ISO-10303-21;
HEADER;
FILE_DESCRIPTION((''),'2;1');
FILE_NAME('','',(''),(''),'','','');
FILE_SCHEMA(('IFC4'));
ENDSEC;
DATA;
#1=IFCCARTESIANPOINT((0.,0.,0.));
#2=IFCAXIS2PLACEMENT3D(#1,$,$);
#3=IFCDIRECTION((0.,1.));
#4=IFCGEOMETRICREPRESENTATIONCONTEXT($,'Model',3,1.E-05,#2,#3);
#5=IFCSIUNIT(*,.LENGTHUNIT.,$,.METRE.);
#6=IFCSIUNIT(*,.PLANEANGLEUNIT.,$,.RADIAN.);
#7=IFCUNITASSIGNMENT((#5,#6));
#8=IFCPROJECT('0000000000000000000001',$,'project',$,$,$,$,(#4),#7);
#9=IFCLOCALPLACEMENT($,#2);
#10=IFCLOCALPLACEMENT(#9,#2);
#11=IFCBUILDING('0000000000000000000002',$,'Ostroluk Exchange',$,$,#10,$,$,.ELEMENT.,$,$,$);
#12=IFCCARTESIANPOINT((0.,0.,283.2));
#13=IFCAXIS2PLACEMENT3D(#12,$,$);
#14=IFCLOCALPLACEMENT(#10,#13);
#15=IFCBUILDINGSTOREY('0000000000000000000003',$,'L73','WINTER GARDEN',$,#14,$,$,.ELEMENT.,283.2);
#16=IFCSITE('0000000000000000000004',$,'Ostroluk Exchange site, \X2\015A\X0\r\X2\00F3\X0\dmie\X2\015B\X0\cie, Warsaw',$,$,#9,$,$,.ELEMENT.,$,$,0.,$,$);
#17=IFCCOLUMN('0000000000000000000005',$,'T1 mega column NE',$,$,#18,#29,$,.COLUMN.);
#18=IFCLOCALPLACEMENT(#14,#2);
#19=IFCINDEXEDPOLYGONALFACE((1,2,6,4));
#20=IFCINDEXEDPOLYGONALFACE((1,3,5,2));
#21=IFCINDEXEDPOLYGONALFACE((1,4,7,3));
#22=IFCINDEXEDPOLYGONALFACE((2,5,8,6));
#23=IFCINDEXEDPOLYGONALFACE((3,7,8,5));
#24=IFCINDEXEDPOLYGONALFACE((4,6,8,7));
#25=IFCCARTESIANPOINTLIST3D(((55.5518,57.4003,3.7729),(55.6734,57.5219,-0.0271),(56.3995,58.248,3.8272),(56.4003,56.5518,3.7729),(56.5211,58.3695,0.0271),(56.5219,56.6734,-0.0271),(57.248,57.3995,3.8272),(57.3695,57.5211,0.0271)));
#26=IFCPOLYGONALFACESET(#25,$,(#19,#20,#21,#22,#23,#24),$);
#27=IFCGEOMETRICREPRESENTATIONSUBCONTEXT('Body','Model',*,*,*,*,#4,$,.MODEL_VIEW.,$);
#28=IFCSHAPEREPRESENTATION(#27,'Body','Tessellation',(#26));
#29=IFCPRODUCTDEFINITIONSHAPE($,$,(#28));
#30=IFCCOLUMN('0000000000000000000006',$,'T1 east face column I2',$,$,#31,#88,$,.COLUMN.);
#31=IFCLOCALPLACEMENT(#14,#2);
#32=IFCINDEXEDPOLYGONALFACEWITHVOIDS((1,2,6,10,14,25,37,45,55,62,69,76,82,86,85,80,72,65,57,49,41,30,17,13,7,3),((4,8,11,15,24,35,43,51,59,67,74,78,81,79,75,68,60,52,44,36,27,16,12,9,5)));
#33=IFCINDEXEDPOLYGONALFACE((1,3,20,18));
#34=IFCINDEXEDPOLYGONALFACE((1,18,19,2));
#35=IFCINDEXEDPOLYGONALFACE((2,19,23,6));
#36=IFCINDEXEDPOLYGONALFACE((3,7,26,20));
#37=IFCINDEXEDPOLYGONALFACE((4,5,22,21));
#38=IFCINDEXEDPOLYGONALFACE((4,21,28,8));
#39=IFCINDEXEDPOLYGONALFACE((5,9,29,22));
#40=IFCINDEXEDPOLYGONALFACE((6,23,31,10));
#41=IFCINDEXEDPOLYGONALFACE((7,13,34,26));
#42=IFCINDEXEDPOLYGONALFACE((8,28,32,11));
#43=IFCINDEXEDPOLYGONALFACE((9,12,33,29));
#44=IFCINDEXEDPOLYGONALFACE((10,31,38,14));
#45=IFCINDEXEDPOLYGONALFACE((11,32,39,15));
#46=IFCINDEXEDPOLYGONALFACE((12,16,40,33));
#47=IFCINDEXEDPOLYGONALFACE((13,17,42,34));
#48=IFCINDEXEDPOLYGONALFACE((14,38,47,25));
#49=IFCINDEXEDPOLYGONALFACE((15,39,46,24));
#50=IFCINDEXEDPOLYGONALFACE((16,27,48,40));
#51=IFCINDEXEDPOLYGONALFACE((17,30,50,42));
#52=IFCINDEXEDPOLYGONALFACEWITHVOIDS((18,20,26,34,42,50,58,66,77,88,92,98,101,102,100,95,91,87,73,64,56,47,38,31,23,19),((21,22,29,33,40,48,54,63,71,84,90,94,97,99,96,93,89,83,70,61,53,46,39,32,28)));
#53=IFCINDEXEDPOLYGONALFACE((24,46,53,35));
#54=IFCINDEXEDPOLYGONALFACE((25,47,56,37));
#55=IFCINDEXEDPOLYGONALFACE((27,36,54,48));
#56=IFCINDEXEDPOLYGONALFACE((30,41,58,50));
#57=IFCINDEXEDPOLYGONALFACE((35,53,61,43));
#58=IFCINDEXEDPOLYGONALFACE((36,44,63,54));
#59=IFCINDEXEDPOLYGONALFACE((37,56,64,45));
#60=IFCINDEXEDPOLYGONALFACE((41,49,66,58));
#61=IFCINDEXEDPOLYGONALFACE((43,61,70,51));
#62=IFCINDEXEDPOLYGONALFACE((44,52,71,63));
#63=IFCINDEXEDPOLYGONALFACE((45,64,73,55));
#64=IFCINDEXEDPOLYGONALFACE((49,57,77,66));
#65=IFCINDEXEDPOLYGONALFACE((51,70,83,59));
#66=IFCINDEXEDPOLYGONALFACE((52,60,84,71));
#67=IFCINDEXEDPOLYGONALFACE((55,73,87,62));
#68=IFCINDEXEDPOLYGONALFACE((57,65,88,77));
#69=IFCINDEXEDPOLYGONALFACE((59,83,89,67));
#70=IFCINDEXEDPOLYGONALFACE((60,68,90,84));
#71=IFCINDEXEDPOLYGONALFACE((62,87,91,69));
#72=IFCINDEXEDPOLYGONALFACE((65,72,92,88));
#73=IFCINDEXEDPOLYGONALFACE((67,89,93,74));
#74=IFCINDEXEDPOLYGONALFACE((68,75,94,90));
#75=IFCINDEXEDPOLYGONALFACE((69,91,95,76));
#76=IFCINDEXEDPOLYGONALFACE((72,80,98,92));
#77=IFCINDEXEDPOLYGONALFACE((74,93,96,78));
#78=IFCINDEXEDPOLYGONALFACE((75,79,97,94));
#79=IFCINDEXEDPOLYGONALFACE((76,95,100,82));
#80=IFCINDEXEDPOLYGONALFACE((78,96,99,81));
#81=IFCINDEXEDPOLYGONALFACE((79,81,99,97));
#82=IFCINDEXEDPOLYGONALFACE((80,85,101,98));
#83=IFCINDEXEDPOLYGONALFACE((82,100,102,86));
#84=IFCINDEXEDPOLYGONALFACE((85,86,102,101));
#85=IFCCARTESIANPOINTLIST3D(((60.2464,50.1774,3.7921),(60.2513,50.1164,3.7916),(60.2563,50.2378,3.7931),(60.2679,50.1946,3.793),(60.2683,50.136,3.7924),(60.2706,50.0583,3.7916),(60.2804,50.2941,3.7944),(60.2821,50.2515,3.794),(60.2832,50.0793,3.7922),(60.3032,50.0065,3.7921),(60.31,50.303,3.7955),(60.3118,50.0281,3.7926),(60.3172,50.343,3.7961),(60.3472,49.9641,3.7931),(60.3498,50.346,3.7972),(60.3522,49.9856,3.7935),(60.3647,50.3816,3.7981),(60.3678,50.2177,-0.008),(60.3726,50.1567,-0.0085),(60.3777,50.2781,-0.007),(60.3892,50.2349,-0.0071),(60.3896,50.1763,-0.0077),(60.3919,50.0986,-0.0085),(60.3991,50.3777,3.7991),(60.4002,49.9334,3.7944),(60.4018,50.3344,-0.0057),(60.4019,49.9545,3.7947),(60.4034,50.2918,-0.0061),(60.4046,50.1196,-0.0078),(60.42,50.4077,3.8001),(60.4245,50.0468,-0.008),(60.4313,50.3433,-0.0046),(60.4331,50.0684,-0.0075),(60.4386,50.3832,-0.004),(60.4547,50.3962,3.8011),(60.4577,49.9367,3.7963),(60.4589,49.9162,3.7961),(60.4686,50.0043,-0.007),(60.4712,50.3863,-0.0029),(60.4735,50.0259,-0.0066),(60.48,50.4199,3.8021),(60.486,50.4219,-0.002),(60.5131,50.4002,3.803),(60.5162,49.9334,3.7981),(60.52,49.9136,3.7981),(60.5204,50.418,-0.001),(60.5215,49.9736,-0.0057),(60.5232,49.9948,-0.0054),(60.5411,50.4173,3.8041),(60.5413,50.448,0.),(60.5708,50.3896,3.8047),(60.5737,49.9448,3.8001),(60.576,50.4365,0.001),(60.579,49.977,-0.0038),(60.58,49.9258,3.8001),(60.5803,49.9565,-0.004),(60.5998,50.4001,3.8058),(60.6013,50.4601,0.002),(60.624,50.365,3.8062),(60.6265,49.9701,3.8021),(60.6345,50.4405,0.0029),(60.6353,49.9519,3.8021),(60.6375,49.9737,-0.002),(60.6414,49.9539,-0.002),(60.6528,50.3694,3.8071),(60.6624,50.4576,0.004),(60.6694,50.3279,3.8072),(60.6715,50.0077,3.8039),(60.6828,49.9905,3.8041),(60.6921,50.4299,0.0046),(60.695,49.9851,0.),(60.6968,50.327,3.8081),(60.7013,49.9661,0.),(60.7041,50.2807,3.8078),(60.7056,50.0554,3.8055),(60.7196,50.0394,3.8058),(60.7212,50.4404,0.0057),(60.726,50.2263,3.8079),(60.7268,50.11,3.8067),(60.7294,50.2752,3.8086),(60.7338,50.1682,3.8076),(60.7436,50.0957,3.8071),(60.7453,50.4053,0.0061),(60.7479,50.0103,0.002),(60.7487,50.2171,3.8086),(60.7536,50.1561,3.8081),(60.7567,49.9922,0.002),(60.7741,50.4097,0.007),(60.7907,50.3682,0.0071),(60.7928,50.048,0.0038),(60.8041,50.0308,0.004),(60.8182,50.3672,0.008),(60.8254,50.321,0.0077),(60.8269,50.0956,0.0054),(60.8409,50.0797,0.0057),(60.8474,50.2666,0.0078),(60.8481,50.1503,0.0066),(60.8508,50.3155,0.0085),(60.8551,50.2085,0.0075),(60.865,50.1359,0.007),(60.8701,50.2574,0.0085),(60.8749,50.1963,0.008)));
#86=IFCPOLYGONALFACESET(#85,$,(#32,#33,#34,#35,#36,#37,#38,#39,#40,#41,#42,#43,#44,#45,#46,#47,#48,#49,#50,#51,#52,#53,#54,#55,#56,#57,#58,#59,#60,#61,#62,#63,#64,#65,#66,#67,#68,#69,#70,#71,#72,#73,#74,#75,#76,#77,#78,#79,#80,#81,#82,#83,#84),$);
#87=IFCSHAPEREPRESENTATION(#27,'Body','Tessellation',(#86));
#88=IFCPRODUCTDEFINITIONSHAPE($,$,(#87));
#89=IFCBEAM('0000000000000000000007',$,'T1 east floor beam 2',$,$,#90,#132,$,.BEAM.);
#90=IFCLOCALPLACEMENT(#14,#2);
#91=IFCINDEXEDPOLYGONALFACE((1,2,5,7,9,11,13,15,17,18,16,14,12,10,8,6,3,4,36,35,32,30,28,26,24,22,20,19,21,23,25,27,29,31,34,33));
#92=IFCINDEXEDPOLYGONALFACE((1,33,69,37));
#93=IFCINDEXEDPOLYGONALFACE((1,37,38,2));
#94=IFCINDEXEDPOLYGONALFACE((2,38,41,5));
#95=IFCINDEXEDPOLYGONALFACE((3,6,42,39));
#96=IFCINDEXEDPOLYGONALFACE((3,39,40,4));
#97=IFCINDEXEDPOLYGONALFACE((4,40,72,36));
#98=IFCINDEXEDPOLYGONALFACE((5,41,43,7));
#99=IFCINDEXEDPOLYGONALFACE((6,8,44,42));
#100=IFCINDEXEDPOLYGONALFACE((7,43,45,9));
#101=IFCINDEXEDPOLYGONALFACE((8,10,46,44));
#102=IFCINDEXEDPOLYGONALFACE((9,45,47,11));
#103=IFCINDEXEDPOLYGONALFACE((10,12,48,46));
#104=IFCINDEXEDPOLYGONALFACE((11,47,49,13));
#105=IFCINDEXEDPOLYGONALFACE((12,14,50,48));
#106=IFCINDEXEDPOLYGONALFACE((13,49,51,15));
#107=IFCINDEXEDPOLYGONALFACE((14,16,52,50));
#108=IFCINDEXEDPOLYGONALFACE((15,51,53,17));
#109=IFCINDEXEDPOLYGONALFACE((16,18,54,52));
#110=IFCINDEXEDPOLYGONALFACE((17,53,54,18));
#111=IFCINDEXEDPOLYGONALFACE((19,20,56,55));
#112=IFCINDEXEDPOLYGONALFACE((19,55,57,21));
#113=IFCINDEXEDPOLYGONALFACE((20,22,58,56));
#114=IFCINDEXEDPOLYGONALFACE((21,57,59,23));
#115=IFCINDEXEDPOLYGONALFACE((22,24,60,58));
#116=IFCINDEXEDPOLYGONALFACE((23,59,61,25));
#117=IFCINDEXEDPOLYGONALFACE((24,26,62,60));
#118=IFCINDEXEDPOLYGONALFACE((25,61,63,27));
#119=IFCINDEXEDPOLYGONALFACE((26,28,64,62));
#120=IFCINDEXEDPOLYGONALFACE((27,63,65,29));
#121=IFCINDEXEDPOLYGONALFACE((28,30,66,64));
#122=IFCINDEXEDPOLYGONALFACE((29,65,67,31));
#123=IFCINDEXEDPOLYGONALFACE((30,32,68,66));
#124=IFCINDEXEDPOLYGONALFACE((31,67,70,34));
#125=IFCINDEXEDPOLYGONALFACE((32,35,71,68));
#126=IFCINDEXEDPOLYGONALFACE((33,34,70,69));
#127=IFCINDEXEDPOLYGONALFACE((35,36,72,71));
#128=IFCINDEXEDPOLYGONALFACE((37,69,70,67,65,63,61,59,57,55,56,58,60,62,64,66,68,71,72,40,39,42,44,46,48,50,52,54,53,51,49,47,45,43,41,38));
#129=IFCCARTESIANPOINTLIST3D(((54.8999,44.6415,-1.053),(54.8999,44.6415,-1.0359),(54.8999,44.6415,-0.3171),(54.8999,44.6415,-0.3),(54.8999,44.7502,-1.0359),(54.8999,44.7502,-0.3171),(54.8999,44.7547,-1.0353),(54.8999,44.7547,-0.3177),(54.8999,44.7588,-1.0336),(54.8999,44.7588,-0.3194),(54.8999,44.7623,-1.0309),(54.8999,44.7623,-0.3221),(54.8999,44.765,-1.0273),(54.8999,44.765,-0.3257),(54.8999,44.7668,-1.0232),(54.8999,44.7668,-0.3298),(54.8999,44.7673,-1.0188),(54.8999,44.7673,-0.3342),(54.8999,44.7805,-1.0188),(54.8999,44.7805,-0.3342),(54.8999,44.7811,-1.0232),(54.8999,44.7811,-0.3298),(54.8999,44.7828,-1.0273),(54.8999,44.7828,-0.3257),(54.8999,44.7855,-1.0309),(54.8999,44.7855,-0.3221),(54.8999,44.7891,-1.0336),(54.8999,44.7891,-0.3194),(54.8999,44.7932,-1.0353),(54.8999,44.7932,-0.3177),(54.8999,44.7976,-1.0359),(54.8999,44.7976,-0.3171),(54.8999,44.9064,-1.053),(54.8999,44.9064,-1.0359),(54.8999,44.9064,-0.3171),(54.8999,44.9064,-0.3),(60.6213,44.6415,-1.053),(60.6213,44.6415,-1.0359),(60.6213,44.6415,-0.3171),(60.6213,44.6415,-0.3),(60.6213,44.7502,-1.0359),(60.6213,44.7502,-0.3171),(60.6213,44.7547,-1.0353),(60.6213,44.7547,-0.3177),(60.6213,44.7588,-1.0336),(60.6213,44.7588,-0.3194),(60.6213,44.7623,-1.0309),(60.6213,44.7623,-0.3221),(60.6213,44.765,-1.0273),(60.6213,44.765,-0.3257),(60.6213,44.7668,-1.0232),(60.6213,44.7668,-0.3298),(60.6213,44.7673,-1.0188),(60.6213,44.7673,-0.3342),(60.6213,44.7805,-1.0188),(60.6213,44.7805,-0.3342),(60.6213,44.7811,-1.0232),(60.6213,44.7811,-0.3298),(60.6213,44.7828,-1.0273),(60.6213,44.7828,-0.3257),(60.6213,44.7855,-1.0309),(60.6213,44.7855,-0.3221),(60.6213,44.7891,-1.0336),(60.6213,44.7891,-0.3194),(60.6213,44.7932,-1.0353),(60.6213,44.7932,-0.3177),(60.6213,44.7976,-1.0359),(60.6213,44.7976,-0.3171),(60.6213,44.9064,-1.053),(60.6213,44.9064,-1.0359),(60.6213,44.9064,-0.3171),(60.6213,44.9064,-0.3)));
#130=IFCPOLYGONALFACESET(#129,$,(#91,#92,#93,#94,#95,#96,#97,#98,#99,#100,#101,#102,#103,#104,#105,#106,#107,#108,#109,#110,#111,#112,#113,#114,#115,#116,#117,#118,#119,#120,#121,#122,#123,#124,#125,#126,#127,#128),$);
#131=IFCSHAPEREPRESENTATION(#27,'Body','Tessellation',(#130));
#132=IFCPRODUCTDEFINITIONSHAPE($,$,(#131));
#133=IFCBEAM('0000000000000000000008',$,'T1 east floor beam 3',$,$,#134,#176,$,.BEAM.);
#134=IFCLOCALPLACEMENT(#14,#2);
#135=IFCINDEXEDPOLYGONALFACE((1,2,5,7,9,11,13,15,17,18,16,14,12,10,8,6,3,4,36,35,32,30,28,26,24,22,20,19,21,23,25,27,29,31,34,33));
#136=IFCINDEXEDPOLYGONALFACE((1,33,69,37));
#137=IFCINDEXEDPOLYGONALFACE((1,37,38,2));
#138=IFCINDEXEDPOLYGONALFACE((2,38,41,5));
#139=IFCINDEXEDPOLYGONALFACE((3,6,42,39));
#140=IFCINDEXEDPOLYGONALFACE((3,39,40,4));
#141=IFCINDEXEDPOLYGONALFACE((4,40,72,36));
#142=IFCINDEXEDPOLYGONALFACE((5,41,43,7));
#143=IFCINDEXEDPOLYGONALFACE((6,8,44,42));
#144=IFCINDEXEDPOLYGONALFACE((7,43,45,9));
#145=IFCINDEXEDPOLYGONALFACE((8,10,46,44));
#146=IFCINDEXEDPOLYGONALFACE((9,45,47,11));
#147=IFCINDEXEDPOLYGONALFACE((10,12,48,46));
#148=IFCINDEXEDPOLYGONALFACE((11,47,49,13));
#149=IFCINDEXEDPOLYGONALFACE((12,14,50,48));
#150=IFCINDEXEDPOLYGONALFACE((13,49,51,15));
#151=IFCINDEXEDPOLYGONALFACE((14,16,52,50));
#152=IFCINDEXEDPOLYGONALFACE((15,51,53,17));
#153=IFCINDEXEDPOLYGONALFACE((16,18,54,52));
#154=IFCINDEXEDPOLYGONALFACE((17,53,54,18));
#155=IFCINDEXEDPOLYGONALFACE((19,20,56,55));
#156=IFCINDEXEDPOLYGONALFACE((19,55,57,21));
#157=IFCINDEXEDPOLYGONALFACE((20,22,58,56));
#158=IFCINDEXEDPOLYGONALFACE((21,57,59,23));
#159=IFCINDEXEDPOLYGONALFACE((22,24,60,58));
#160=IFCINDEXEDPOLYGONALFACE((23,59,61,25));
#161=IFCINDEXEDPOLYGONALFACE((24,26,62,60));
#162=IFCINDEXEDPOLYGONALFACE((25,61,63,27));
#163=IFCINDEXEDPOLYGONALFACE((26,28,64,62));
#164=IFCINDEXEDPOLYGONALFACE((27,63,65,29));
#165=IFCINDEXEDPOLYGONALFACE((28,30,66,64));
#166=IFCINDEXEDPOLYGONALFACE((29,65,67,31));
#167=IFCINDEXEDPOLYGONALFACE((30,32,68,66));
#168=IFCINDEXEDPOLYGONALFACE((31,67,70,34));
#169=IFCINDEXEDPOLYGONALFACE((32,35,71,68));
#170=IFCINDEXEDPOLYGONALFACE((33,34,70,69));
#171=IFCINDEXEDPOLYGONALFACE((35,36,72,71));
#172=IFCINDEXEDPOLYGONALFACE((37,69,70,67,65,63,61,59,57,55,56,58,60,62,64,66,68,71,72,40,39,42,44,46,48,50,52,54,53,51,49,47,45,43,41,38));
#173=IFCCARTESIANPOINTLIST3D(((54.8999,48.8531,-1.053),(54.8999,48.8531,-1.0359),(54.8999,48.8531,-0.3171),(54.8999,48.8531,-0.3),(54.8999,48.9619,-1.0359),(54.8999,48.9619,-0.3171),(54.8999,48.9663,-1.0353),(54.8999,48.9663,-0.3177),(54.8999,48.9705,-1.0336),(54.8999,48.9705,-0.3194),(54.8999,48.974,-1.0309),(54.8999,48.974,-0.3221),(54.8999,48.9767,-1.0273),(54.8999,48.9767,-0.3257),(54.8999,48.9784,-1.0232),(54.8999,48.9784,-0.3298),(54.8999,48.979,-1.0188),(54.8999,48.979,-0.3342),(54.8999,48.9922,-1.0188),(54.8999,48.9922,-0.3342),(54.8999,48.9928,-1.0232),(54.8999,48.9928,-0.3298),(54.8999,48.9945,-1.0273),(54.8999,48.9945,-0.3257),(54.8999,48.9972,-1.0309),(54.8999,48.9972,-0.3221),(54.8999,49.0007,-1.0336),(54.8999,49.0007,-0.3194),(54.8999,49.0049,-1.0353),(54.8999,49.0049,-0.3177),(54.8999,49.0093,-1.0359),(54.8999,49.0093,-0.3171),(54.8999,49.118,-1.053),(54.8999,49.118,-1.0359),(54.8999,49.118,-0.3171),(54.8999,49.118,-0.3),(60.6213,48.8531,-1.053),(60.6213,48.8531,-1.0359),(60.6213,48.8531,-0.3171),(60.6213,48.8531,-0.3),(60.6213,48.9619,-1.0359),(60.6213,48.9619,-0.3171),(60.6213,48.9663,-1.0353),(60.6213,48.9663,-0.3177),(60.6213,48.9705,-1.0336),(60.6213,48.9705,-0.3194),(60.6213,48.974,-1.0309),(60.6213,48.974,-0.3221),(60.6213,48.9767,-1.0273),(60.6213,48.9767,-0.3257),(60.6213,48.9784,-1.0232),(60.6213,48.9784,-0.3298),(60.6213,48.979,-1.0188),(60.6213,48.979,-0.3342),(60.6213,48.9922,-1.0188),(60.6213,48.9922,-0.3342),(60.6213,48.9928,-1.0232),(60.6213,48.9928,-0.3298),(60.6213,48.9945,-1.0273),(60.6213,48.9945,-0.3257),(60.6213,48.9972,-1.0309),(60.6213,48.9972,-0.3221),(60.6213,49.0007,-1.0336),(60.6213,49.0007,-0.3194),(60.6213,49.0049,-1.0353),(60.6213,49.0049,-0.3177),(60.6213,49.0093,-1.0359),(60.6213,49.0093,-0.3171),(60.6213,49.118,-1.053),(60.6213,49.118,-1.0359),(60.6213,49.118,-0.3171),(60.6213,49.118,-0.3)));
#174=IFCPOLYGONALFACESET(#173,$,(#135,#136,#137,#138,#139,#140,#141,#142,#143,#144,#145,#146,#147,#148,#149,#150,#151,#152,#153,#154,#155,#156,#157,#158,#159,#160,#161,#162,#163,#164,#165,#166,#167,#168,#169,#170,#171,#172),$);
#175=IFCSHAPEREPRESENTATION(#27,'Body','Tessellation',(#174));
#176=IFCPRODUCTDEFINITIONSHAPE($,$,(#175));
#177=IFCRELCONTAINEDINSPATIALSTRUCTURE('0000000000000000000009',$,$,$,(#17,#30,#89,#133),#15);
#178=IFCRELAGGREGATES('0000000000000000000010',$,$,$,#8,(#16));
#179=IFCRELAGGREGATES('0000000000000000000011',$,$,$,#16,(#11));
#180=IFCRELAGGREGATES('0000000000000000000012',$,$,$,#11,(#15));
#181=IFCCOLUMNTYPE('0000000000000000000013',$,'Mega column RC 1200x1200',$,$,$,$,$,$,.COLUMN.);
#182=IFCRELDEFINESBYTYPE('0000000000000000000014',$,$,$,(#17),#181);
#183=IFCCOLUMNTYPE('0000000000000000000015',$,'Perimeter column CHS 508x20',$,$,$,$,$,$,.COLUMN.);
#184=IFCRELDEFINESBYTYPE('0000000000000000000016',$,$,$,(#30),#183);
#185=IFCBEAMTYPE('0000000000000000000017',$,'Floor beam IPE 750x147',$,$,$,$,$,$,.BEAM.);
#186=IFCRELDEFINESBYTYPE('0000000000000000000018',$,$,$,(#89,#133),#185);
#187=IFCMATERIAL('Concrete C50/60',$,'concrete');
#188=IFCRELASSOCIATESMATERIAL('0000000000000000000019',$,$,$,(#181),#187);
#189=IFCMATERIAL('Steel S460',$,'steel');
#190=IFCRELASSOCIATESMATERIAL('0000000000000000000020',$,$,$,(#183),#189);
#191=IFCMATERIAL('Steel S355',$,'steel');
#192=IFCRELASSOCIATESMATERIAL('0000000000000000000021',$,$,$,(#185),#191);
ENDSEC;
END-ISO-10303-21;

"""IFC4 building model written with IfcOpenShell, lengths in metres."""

from ifc_helpers import new_model, si_unit, direction, frame, origin, origin_2d, place, context, subcontext, project, spatial, rectangle, hollow_circle, i_section, extrude, material, material_profile, profile_set, type_object, element, save


model = new_model("IFC4")

# Units and contexts
model_context = context("Model", 3, precision=1e-05, world=origin(), true_north=direction((0.0, 1.0)))
body_context = subcontext(model_context, "Body", "Model", "MODEL_VIEW")
ifc_project = project(units=[si_unit("LENGTHUNIT", "METRE"), si_unit("PLANEANGLEUNIT", "RADIAN")], contexts=[model_context])

# Site, building, storey
site_placement = place(None, origin())
site = spatial("IfcSite", under=ifc_project, at=site_placement, Name="Ostroluk Exchange site, Śródmieście, Warsaw", CompositionType="ELEMENT", RefElevation=0.0)
building_placement = place(site_placement, origin())
building = spatial("IfcBuilding", under=site, at=building_placement, Name="Ostroluk Exchange", CompositionType="ELEMENT")
storey_placement = place(building_placement, frame((0.0, 0.0, 283.2)))
storey = spatial("IfcBuildingStorey", under=building, at=storey_placement, Name="L73", Description="WINTER GARDEN", CompositionType="ELEMENT", Elevation=283.2)

# Columns
ifc_material_1 = material(Name="Concrete C50/60", Category="concrete")
ifc_material_profile_1 = material_profile(ifc_material_1, rectangle(XDim=1.2, YDim=1.2, at=origin_2d()), Name="RC 1200x1200")
ifc_profile_set_1 = profile_set([ifc_material_profile_1], Name="Concrete C50/60")
column_type_1 = type_object("IfcColumnType", Name="Mega column RC 1200x1200", PredefinedType="COLUMN", material=ifc_profile_set_1)
column_1_placement = place(storey_placement, frame((56.5215, 57.5215, 0.0), z_axis=(-0.031962, -0.031962, 0.998978), x_axis=(0.707107, -0.707107, 0.0)))
element("IfcColumn", 1, at=column_1_placement, inside=storey, type_object=column_type_1, Name="T1 mega column NE", PredefinedType="COLUMN", context=body_context, shape_type="SweptSolid", body=[
    extrude(rectangle(XDim=1.2, YDim=1.2, at=origin_2d()), origin(), (0.0, 0.0, 1.0), 3.804),
])
ifc_material_2 = material(Name="Steel S460", Category="steel")
ifc_material_profile_2 = material_profile(ifc_material_2, hollow_circle(Radius=0.2539, WallThickness=0.02, at=origin_2d()), Name="CHS 508x20")
ifc_profile_set_2 = profile_set([ifc_material_profile_2], Name="Steel S460")
column_type_2 = type_object("IfcColumnType", Name="Perimeter column CHS 508x20", PredefinedType="COLUMN", material=ifc_profile_set_2)
column_2_placement = place(storey_placement, frame((60.6213, 50.207, 0.0), z_axis=(-0.031913, -0.010595, 0.999435), x_axis=(0.315082, -0.949065, 0.0)))
element("IfcColumn", 2, at=column_2_placement, inside=storey, type_object=column_type_2, Name="T1 east face column I2", PredefinedType="COLUMN", context=body_context, shape_type="SweptSolid", body=[
    extrude(hollow_circle(Radius=0.2539, WallThickness=0.02, at=origin_2d()), origin(), (0.0, 0.0, 1.0), 3.8022),
])

# Beams
ifc_material_3 = material(Name="Steel S355", Category="steel")
ifc_material_profile_3 = material_profile(ifc_material_3, i_section(OverallWidth=0.2649, OverallDepth=0.7529, WebThickness=0.0132, FlangeThickness=0.0171, FilletRadius=0.0171, at=origin_2d()), Name="IPE 750x147")
ifc_profile_set_3 = profile_set([ifc_material_profile_3], Name="Steel S355")
beam_type_1 = type_object("IfcBeamType", Name="Floor beam IPE 750x147", PredefinedType="BEAM", material=ifc_profile_set_3)
for number, where, z_axis, x_axis, name in (
    (3, (54.8999, 44.7739, -0.6765), (1.0, 0.0, 0.0), (0.0, 1.0, 0.0), "T1 east floor beam 2"),
    (4, (54.8999, 48.9856, -0.6765), (1.0, 0.0, 0.0), (0.0, 1.0, 0.0), "T1 east floor beam 3"),
):
    element("IfcBeam", number, at=place(storey_placement, frame(where, z_axis=z_axis, x_axis=x_axis)), inside=storey, type_object=beam_type_1, Name=name, PredefinedType="BEAM", context=body_context, shape_type="SweptSolid", body=[
        extrude(i_section(OverallWidth=0.2649, OverallDepth=0.7529, WebThickness=0.0132, FlangeThickness=0.0171, FilletRadius=0.0171, at=origin_2d()), origin(), (0.0, 0.0, 1.0), 5.7214),
    ])

save(model, "model.ifc")
